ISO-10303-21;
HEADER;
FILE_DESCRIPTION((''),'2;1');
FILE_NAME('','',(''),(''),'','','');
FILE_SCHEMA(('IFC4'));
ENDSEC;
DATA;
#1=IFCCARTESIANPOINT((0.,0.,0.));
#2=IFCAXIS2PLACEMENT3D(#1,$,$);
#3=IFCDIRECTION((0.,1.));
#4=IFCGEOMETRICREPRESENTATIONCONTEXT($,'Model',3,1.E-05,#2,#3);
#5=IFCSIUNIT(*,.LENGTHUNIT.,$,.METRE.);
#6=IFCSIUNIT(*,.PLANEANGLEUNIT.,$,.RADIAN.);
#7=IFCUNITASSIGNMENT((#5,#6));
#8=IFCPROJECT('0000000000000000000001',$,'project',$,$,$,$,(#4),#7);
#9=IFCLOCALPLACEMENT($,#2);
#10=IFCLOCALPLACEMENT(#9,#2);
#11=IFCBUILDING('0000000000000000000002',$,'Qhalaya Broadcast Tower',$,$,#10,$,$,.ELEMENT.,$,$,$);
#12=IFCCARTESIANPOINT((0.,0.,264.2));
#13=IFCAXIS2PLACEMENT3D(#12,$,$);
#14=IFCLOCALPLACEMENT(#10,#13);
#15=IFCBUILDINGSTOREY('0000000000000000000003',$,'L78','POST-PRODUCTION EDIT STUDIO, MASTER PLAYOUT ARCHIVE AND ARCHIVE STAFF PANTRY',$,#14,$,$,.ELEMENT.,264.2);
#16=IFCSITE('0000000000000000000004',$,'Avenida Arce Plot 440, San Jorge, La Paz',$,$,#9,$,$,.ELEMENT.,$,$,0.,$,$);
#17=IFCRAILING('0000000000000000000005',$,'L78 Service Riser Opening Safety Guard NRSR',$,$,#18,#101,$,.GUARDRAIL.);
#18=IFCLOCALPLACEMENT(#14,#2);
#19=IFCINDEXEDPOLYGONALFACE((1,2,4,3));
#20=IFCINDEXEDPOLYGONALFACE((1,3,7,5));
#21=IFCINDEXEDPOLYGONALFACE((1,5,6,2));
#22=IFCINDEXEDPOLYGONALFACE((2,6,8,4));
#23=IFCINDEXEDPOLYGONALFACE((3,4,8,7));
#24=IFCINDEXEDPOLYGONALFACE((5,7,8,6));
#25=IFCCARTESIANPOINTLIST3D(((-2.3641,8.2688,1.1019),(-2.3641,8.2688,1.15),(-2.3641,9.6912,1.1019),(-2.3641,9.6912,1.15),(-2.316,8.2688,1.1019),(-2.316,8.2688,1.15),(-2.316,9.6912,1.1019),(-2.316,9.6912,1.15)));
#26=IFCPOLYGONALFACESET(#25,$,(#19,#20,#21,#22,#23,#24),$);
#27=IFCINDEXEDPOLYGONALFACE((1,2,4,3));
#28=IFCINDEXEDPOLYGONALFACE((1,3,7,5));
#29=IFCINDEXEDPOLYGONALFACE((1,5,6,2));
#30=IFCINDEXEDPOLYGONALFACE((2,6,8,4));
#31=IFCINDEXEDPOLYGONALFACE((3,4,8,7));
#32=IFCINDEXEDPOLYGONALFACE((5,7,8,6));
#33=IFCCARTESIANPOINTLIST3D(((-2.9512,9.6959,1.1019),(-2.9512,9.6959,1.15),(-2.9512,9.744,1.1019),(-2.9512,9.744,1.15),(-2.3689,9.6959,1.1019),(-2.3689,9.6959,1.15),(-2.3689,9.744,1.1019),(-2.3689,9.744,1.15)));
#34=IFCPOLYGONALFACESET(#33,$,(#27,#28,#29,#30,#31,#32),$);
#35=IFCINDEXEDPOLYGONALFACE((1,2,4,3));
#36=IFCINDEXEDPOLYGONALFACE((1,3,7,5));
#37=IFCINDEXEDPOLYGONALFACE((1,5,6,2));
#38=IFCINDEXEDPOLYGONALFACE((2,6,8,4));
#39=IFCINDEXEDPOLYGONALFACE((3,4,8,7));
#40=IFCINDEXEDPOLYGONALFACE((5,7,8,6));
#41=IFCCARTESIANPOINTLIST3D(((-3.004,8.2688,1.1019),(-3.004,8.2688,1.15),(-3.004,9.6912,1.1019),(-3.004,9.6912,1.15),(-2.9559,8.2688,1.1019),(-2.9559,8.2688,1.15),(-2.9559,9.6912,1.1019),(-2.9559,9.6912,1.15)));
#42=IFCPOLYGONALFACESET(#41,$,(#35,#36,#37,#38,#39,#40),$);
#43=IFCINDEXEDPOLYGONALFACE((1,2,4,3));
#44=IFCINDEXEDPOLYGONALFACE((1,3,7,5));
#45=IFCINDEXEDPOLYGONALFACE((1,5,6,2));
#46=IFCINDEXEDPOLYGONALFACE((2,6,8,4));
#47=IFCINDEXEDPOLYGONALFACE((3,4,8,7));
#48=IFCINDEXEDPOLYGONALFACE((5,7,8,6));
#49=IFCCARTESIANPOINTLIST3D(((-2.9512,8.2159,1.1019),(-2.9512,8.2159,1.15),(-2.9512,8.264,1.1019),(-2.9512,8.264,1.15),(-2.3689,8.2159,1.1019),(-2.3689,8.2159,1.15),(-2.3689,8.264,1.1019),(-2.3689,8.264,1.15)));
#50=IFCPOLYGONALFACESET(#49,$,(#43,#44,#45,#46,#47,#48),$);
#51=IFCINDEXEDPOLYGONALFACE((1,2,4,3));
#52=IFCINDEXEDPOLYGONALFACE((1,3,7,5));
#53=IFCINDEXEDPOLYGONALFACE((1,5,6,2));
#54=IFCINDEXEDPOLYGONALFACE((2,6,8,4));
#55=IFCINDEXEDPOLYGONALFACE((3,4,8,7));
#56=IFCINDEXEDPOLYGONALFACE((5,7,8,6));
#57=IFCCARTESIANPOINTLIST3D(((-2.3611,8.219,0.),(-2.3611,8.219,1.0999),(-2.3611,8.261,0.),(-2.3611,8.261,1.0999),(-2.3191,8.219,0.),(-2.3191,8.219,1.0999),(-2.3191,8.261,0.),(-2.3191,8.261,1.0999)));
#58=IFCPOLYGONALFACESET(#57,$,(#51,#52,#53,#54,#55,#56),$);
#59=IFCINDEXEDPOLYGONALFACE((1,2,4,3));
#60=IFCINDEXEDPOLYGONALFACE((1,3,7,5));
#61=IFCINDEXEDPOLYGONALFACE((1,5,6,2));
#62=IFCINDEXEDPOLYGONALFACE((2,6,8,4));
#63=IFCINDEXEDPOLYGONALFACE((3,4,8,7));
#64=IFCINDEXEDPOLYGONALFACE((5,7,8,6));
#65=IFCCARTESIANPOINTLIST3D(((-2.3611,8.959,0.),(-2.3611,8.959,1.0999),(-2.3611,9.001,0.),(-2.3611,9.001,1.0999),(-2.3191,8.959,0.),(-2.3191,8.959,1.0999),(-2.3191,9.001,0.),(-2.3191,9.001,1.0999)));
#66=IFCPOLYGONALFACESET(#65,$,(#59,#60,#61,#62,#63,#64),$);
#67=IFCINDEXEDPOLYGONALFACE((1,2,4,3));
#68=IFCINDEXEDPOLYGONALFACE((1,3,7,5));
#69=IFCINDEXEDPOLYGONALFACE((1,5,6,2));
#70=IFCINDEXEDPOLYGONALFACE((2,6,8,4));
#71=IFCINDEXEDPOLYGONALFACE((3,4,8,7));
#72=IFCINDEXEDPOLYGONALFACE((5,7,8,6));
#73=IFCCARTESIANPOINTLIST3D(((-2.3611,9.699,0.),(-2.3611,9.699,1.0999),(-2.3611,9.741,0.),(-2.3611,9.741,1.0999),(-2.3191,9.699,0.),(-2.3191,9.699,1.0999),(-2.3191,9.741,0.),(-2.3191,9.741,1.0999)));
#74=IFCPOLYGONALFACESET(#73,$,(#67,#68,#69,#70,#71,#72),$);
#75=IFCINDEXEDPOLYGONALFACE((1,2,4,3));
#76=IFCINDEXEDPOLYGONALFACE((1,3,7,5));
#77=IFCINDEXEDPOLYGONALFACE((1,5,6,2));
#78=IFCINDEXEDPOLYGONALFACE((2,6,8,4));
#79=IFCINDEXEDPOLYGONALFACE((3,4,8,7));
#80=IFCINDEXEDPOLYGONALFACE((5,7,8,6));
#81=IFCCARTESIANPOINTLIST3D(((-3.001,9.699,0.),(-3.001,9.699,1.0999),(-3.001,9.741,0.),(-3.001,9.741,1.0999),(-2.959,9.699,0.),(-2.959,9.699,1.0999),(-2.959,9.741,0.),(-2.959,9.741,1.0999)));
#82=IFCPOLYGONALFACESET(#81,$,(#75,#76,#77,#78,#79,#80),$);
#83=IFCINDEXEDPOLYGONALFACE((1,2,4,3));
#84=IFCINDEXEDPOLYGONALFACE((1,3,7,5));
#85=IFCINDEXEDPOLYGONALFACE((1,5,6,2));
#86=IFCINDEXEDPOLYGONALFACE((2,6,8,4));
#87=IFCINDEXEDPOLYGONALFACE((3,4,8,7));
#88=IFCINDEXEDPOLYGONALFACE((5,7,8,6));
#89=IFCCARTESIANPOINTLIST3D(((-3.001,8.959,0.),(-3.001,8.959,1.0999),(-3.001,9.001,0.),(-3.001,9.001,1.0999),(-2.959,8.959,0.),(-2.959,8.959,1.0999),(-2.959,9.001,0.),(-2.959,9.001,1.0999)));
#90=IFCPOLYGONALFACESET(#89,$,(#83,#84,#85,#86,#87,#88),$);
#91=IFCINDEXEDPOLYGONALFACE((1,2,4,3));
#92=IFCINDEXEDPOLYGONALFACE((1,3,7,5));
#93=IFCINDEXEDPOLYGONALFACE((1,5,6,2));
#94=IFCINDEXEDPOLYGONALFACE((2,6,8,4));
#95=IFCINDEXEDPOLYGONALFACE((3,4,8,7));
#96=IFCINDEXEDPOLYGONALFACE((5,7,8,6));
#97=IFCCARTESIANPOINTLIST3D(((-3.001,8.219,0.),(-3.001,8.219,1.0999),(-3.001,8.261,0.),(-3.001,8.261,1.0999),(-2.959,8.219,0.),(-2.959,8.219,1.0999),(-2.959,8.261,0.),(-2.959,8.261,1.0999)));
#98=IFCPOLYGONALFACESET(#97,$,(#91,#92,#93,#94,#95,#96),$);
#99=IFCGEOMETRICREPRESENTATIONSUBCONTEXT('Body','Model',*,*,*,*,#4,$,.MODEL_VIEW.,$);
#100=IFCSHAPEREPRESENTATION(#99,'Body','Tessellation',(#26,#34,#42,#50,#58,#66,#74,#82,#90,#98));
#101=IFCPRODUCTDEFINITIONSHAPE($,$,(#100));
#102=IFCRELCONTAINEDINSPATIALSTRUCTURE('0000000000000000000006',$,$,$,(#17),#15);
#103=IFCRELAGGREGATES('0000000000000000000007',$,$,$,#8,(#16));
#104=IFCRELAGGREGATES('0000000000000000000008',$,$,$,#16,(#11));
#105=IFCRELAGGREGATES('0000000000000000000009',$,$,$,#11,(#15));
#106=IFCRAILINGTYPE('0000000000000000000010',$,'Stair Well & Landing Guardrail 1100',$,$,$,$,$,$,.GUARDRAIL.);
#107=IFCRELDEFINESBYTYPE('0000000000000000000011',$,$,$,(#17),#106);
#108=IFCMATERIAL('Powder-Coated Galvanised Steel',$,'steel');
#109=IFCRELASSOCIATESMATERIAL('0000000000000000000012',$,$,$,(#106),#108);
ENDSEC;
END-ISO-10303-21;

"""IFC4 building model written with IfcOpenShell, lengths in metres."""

from ifc_helpers import new_model, si_unit, direction, frame, origin, origin_2d, place, context, subcontext, project, spatial, rectangle, extrude, material, type_object, element, save


model = new_model("IFC4")

# Units and contexts
model_context = context("Model", 3, precision=1e-05, world=origin(), true_north=direction((0.0, 1.0)))
body_context = subcontext(model_context, "Body", "Model", "MODEL_VIEW")
ifc_project = project(units=[si_unit("LENGTHUNIT", "METRE"), si_unit("PLANEANGLEUNIT", "RADIAN")], contexts=[model_context])

# Site, building, storey
site_placement = place(None, origin())
site = spatial("IfcSite", under=ifc_project, at=site_placement, Name="Avenida Arce Plot 440, San Jorge, La Paz", CompositionType="ELEMENT", RefElevation=0.0)
building_placement = place(site_placement, origin())
building = spatial("IfcBuilding", under=site, at=building_placement, Name="Qhalaya Broadcast Tower", CompositionType="ELEMENT")
storey_placement = place(building_placement, frame((0.0, 0.0, 264.2)))
storey = spatial("IfcBuildingStorey", under=building, at=storey_placement, Name="L78", Description="POST-PRODUCTION EDIT STUDIO, MASTER PLAYOUT ARCHIVE AND ARCHIVE STAFF PANTRY", CompositionType="ELEMENT", Elevation=264.2)

# Railing
ifc_material_1 = material(Name="Powder-Coated Galvanised Steel", Category="steel")
railing_type = type_object("IfcRailingType", Name="Stair Well & Landing Guardrail 1100", PredefinedType="GUARDRAIL", material=ifc_material_1)
railing_placement = place(storey_placement, frame((-2.3401, 8.24, 0.0)))
element("IfcRailing", 1, at=railing_placement, inside=storey, type_object=railing_type, Name="L78 Service Riser Opening Safety Guard NRSR", PredefinedType="GUARDRAIL", context=body_context, shape_type="SweptSolid", body=[
    extrude(rectangle(XDim=0.0481, YDim=0.0481, at=origin_2d()), frame((0.0, 0.0288, 1.126), z_axis=(0.0, 1.0, 0.0), x_axis=(-1.0, 0.0, 0.0)), (0.0, 0.0, 1.0), 1.4224),
    extrude(rectangle(XDim=0.0481, YDim=0.0481, at=origin_2d()), frame((-0.0288, 1.48, 1.126), z_axis=(-1.0, 0.0, 0.0), x_axis=(0.0, -1.0, 0.0)), (0.0, 0.0, 1.0), 0.5823),
    extrude(rectangle(XDim=0.0481, YDim=0.0481, at=origin_2d()), frame((-0.6399, 1.4512, 1.126), z_axis=(0.0, -1.0, 0.0), x_axis=(1.0, 0.0, 0.0)), (0.0, 0.0, 1.0), 1.4224),
    extrude(rectangle(XDim=0.0481, YDim=0.0481, at=origin_2d()), frame((-0.6111, 0.0, 1.126), z_axis=(1.0, 0.0, 0.0), x_axis=(0.0, 1.0, 0.0)), (0.0, 0.0, 1.0), 0.5823),
    extrude(rectangle(XDim=0.042, YDim=0.042, at=origin_2d()), origin(), (0.0, 0.0, 1.0), 1.0999),
    extrude(rectangle(XDim=0.042, YDim=0.042, at=origin_2d()), frame((0.0, 0.74, 0.0)), (0.0, 0.0, 1.0), 1.0999),
    extrude(rectangle(XDim=0.042, YDim=0.042, at=origin_2d()), frame((0.0, 1.48, 0.0)), (0.0, 0.0, 1.0), 1.0999),
    extrude(rectangle(XDim=0.042, YDim=0.042, at=origin_2d()), frame((-0.6399, 1.48, 0.0)), (0.0, 0.0, 1.0), 1.0999),
    extrude(rectangle(XDim=0.042, YDim=0.042, at=origin_2d()), frame((-0.6399, 0.74, 0.0)), (0.0, 0.0, 1.0), 1.0999),
    extrude(rectangle(XDim=0.042, YDim=0.042, at=origin_2d()), frame((-0.6399, 0.0, 0.0)), (0.0, 0.0, 1.0), 1.0999),
])

save(model, "model.ifc")
